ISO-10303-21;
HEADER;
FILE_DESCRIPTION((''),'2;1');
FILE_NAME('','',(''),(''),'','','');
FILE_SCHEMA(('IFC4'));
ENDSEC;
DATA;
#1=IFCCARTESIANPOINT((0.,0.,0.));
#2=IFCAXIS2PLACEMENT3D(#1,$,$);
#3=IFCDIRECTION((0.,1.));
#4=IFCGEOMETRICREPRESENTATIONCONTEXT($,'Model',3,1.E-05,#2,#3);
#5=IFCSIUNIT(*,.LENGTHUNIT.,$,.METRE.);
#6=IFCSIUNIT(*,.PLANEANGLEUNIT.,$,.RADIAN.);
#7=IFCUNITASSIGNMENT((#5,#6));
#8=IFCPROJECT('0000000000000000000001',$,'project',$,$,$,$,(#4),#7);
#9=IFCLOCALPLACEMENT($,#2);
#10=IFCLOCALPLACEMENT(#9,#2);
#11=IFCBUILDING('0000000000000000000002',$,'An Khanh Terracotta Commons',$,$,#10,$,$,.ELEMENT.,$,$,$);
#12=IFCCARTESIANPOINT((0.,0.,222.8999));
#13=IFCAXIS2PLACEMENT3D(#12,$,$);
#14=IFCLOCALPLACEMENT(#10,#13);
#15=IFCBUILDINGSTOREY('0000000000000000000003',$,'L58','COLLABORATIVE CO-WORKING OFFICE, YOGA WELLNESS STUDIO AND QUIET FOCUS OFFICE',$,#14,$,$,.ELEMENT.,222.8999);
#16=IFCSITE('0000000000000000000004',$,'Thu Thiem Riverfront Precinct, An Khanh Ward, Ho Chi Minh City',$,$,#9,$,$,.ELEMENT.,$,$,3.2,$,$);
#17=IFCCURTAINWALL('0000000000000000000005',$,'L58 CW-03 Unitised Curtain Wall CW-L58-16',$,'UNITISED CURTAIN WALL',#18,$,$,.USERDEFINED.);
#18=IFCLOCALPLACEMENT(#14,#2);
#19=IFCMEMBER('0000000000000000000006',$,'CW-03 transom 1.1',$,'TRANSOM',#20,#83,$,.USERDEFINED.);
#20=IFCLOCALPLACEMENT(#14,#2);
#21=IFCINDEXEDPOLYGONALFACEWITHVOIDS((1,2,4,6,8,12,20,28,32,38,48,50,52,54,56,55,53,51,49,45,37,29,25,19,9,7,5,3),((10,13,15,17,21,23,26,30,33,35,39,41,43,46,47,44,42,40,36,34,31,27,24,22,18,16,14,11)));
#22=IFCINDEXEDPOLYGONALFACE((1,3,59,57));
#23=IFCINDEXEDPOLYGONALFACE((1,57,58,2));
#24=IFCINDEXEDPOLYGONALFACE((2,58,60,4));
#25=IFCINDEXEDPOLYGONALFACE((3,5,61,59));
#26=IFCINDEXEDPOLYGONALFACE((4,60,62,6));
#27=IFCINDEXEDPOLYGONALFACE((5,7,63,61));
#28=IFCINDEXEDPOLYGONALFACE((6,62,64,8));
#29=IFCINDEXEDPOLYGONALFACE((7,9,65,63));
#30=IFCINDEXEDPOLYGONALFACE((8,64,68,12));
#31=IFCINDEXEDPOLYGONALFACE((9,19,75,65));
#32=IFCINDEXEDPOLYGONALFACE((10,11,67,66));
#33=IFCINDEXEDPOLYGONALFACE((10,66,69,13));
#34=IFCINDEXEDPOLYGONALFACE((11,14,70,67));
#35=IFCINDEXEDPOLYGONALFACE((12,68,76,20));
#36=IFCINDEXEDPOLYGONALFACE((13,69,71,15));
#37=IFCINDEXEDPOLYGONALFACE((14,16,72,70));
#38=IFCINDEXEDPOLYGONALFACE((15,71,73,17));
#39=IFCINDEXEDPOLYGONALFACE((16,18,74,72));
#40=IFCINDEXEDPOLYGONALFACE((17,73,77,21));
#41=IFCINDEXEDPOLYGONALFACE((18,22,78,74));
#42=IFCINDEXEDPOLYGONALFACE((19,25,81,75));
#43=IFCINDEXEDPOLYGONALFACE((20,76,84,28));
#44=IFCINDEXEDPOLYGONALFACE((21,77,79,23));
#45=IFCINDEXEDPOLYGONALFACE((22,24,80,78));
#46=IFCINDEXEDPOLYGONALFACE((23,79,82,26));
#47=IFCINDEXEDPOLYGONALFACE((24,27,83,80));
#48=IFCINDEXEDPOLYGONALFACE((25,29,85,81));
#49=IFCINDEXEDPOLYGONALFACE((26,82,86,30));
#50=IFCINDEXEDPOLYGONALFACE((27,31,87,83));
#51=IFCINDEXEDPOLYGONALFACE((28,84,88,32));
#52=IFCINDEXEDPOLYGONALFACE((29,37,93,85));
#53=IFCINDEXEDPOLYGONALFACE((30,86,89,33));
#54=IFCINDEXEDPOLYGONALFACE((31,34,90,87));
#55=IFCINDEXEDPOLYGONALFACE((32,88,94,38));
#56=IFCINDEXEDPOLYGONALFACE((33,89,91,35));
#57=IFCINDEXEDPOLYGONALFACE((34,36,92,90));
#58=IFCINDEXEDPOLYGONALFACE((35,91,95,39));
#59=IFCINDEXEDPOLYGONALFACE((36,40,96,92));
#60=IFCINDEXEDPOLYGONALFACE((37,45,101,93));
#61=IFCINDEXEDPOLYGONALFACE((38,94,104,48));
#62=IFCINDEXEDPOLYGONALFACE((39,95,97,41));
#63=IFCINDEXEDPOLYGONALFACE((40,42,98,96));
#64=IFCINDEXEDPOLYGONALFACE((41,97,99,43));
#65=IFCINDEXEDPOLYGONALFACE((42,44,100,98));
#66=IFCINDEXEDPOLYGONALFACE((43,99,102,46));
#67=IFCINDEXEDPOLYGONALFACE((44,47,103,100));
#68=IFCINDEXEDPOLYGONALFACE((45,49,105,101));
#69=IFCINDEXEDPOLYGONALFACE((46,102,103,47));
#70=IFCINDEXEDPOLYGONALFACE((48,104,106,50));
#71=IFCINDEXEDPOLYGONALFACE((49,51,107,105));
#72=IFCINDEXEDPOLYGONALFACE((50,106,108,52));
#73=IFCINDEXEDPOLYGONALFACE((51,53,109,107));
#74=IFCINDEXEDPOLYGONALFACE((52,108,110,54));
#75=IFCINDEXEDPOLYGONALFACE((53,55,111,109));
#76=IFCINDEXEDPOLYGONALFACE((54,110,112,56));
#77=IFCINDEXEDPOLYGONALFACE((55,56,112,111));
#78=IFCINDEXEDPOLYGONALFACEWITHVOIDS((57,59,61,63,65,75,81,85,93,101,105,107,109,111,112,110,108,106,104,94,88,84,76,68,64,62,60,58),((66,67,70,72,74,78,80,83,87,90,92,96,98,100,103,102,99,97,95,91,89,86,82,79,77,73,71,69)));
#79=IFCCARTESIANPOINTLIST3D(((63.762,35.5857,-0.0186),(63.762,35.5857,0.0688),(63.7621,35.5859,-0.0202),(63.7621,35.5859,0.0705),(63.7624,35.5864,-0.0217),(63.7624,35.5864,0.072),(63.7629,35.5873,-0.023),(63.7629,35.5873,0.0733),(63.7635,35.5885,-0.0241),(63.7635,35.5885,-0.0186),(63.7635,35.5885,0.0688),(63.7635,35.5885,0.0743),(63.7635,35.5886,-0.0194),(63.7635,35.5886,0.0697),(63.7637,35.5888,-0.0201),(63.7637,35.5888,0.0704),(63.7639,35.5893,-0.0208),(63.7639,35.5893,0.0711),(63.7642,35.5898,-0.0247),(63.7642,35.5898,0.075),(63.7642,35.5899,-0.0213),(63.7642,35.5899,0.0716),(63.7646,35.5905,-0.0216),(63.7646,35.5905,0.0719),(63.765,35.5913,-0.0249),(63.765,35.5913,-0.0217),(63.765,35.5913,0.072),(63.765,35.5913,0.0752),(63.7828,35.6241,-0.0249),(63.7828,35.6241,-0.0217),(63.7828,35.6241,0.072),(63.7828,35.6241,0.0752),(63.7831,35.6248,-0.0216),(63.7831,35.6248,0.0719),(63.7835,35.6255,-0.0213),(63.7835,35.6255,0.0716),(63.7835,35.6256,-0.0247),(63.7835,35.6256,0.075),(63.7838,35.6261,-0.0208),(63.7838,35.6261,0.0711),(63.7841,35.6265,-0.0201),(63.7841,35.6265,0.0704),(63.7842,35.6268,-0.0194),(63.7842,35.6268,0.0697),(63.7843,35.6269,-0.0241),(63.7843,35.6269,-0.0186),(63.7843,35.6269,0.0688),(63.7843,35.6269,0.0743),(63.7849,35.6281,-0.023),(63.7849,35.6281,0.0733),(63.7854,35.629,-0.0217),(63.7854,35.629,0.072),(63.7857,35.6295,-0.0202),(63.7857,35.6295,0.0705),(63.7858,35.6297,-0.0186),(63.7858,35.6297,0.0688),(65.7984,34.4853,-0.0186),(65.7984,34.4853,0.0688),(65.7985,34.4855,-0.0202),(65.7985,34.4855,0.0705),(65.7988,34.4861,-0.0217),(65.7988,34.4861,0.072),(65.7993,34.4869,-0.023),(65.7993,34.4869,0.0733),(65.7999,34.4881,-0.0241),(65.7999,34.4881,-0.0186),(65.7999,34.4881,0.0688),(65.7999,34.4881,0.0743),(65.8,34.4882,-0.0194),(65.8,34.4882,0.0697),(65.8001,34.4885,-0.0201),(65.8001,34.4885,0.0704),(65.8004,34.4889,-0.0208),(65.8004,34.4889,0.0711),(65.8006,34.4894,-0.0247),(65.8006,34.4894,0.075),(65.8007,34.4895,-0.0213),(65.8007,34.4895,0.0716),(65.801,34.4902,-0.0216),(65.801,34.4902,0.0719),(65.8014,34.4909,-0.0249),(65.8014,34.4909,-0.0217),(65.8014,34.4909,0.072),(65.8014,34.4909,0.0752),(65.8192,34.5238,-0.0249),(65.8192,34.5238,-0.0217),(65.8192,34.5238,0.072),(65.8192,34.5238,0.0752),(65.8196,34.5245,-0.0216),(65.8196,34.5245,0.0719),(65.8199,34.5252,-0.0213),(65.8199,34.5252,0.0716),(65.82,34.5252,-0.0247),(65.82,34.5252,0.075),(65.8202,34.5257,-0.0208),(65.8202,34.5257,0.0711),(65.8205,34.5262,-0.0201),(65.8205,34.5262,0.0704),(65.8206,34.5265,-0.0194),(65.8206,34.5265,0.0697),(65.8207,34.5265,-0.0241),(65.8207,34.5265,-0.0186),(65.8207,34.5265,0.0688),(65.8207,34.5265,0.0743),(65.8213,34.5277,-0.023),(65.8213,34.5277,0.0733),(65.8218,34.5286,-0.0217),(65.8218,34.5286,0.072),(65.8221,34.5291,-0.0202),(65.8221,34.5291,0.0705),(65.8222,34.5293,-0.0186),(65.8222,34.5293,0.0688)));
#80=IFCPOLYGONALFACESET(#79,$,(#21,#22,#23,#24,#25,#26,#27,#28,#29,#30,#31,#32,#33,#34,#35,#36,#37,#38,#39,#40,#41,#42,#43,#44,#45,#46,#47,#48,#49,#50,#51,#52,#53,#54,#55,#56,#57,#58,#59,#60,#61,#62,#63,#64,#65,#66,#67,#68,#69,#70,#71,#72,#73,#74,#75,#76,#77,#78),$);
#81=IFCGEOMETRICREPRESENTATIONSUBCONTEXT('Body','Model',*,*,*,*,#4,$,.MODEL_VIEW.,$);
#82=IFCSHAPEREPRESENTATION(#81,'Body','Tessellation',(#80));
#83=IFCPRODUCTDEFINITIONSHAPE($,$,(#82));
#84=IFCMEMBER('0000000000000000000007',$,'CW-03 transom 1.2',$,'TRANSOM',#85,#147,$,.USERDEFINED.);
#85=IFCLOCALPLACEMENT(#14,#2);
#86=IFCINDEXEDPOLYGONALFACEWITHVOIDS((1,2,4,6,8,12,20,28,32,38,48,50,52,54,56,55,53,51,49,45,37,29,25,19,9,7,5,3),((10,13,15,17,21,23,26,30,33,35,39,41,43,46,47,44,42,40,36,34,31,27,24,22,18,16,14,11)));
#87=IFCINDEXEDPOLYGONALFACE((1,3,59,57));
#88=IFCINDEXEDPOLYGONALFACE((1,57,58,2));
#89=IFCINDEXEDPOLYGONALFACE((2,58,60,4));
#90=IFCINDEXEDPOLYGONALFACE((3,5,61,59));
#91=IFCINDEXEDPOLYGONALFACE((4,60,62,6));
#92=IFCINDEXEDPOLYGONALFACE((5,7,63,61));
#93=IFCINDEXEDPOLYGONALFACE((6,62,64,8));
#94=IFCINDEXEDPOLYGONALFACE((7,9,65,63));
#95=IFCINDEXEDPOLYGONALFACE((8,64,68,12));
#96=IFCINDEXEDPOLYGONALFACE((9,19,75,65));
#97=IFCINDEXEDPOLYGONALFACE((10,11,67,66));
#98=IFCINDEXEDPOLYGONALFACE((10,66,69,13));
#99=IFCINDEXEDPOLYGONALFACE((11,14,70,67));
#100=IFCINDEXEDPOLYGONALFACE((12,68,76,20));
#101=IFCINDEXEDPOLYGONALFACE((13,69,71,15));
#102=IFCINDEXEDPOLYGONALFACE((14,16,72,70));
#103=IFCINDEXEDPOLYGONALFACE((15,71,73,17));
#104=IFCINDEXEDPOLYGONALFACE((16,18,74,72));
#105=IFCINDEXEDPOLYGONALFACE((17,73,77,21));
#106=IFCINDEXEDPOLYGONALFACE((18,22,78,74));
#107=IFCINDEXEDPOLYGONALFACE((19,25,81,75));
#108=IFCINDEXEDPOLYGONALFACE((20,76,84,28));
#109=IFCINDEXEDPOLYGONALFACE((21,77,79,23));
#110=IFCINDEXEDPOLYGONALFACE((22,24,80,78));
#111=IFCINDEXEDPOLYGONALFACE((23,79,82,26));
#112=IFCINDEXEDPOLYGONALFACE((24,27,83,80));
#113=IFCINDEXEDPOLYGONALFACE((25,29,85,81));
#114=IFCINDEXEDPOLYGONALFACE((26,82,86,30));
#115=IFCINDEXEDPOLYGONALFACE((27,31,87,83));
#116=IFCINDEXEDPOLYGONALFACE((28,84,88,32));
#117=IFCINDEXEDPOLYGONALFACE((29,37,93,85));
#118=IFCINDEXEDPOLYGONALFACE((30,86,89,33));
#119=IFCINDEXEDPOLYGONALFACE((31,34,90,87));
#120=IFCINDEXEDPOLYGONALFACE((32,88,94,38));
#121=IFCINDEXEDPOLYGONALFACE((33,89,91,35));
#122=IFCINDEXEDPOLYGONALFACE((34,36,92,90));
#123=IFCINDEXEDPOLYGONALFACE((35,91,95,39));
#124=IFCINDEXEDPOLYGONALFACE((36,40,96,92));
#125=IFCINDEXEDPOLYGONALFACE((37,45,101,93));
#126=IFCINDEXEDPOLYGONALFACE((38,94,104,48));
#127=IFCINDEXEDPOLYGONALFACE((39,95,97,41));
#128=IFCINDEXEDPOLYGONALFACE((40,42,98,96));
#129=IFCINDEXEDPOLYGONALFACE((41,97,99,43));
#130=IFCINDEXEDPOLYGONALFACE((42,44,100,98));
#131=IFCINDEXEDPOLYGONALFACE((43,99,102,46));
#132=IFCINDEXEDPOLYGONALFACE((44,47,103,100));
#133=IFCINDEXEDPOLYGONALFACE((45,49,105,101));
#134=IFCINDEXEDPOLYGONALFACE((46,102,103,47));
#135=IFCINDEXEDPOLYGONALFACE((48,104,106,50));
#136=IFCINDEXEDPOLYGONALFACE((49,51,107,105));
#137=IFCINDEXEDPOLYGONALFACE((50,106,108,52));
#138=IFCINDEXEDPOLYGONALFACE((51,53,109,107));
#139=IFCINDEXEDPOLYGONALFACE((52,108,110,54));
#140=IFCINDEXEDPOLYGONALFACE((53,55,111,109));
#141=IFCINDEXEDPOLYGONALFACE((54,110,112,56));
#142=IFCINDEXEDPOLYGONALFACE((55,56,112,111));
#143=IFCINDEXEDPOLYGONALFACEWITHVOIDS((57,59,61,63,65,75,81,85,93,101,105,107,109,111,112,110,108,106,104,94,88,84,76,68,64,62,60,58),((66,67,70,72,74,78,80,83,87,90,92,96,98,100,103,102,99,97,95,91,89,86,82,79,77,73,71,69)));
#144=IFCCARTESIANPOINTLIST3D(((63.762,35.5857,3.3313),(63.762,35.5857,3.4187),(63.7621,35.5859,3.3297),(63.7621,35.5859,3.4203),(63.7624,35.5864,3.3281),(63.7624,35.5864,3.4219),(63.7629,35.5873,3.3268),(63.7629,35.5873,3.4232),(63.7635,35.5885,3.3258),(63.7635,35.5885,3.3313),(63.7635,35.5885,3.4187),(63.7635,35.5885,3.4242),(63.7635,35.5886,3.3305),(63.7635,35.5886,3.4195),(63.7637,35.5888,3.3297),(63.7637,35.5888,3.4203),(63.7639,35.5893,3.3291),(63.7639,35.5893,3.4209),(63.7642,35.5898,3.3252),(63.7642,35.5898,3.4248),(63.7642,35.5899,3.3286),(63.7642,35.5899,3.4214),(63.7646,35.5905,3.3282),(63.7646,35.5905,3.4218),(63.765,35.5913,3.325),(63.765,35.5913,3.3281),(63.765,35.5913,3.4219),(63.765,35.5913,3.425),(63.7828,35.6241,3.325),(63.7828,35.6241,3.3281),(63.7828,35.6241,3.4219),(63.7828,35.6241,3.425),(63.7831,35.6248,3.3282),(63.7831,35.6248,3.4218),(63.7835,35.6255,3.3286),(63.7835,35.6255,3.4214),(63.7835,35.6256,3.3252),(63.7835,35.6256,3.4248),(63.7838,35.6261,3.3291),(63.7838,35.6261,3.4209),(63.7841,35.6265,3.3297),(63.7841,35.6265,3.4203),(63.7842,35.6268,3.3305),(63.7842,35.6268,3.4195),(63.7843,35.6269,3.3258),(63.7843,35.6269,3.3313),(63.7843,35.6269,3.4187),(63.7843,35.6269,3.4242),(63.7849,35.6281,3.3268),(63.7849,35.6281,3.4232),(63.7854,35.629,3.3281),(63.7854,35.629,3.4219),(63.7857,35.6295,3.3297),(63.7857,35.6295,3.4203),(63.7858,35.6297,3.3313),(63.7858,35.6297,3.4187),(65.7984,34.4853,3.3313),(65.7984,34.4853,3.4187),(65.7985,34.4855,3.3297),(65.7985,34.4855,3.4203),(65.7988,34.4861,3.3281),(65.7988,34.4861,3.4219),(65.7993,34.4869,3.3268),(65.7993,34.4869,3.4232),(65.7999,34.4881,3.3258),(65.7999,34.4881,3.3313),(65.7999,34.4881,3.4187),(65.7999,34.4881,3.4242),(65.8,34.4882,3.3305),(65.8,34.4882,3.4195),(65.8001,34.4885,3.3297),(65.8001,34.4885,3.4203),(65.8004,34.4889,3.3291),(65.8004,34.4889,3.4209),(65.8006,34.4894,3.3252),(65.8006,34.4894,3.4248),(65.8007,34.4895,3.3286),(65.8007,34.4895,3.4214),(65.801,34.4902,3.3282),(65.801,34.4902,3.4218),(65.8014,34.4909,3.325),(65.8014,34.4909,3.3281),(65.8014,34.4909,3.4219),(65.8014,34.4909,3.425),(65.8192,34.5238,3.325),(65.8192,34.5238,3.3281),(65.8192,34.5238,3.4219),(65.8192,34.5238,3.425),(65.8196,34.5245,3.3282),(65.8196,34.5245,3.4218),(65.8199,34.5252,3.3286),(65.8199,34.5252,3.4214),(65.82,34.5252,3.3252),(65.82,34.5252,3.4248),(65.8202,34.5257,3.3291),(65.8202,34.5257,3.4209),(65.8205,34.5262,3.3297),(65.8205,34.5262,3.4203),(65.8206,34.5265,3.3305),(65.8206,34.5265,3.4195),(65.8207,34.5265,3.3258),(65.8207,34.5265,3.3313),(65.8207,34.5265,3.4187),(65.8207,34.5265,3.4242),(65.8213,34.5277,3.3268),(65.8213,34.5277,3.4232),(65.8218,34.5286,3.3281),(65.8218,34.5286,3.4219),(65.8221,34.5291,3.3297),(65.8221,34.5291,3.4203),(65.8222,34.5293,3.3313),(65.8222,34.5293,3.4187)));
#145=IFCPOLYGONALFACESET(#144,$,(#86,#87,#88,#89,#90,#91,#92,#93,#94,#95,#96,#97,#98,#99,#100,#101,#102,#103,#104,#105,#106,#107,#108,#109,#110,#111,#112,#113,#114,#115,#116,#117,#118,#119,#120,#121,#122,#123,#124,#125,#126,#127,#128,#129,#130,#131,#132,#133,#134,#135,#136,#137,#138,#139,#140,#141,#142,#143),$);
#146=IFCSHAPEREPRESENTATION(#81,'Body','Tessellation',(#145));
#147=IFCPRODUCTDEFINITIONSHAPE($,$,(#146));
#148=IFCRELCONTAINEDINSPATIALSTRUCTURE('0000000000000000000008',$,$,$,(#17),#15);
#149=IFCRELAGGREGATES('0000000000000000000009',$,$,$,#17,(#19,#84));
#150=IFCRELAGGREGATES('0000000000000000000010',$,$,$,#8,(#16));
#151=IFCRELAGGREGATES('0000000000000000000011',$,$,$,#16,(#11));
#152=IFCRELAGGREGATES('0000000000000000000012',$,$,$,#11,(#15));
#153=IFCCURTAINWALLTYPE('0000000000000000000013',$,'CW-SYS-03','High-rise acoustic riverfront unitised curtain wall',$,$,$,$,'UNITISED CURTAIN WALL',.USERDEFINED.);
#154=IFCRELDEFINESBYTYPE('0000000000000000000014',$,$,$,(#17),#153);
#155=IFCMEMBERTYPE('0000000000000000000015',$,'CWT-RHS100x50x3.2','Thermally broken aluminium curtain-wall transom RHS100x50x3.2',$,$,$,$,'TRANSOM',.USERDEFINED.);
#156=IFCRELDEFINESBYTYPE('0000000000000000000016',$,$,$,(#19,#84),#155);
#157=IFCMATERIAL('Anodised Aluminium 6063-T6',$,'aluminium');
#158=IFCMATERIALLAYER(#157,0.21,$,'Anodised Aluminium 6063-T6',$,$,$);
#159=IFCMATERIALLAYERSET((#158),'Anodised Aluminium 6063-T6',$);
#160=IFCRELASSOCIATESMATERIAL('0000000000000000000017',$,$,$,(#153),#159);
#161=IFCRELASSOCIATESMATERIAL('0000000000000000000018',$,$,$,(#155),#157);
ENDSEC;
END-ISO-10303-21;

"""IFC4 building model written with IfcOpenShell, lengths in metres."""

from ifc_helpers import new_model, si_unit, direction, frame, origin, origin_2d, place, context, subcontext, project, spatial, hollow_rectangle, extrude, material, layer, layer_set, material_profile, profile_set, type_object, element, aggregate, save


model = new_model("IFC4")

# Units and contexts
model_context = context("Model", 3, precision=1e-05, world=origin(), true_north=direction((0.0, 1.0)))
body_context = subcontext(model_context, "Body", "Model", "MODEL_VIEW")
ifc_project = project(units=[si_unit("LENGTHUNIT", "METRE"), si_unit("PLANEANGLEUNIT", "RADIAN")], contexts=[model_context])

# Site, building, storey
site_placement = place(None, origin())
site = spatial("IfcSite", under=ifc_project, at=site_placement, Name="Thu Thiem Riverfront Precinct, An Khanh Ward, Ho Chi Minh City", CompositionType="ELEMENT", RefElevation=3.2)
building_placement = place(site_placement, origin())
building = spatial("IfcBuilding", under=site, at=building_placement, Name="An Khanh Terracotta Commons", CompositionType="ELEMENT")
storey_placement = place(building_placement, frame((0.0, 0.0, 222.8999)))
storey = spatial("IfcBuildingStorey", under=building, at=storey_placement, Name="L58", Description="COLLABORATIVE CO-WORKING OFFICE, YOGA WELLNESS STUDIO AND QUIET FOCUS OFFICE", CompositionType="ELEMENT", Elevation=222.8999)

# Curtain wall
ifc_material_1 = material(Name="Anodised Aluminium 6063-T6", Category="aluminium")
ifc_layer_1 = layer(ifc_material_1, 0.21, Name="Anodised Aluminium 6063-T6")
ifc_layer_set_1 = layer_set([ifc_layer_1], Name="Anodised Aluminium 6063-T6")
curtain_wall_type = type_object("IfcCurtainWallType", Name="CW-SYS-03", Description="High-rise acoustic riverfront unitised curtain wall", ElementType="UNITISED CURTAIN WALL", PredefinedType="USERDEFINED", material=ifc_layer_set_1)
curtain_wall_1_placement = place(storey_placement, origin())
curtain_wall_1 = element("IfcCurtainWall", 1, at=curtain_wall_1_placement, inside=storey, type_object=curtain_wall_type, Name="L58 CW-03 Unitised Curtain Wall CW-L58-16", ObjectType="UNITISED CURTAIN WALL", PredefinedType="USERDEFINED")

# Members
ifc_material_profile_1 = material_profile(ifc_material_1, hollow_rectangle(XDim=0.05, YDim=0.1001, WallThickness=0.0032, InnerFilletRadius=0.0032, OuterFilletRadius=0.0063, at=origin_2d()), Name="RHS100x50x3.2")
ifc_profile_set_1 = profile_set([ifc_material_profile_1], Name="Anodised Aluminium 6063-T6")
member_type_1 = type_object("IfcMemberType", Name="CWT-RHS100x50x3.2", Description="Thermally broken aluminium curtain-wall transom RHS100x50x3.2", ElementType="TRANSOM", PredefinedType="USERDEFINED", material=ifc_profile_set_1)
member_1_placement = place(storey_placement, frame((65.8103, 34.5073, 0.0251), z_axis=(-0.879779, 0.475382, 0.0), x_axis=(-0.475382, -0.879779, 0.0)))
member_1 = element("IfcMember", 2, at=member_1_placement, type_object=member_type_1, Name="CW-03 transom 1.1", ObjectType="TRANSOM", PredefinedType="USERDEFINED", context=body_context, shape_type="SweptSolid", body=[
    extrude(hollow_rectangle(XDim=0.05, YDim=0.1001, WallThickness=0.0032, InnerFilletRadius=0.0032, OuterFilletRadius=0.0063, at=origin_2d()), origin(), (0.0, 0.0, 1.0), 2.3147),
])
member_2_placement = place(storey_placement, frame((65.8103, 34.5073, 3.375), z_axis=(-0.879779, 0.475382, 0.0), x_axis=(-0.475382, -0.879779, 0.0)))
member_2 = element("IfcMember", 3, at=member_2_placement, type_object=member_type_1, Name="CW-03 transom 1.2", ObjectType="TRANSOM", PredefinedType="USERDEFINED", context=body_context, shape_type="SweptSolid", body=[
    extrude(hollow_rectangle(XDim=0.05, YDim=0.1001, WallThickness=0.0032, InnerFilletRadius=0.0032, OuterFilletRadius=0.0063, at=origin_2d()), origin(), (0.0, 0.0, 1.0), 2.3147),
])

aggregate(curtain_wall_1, [member_1, member_2])

save(model, "model.ifc")
